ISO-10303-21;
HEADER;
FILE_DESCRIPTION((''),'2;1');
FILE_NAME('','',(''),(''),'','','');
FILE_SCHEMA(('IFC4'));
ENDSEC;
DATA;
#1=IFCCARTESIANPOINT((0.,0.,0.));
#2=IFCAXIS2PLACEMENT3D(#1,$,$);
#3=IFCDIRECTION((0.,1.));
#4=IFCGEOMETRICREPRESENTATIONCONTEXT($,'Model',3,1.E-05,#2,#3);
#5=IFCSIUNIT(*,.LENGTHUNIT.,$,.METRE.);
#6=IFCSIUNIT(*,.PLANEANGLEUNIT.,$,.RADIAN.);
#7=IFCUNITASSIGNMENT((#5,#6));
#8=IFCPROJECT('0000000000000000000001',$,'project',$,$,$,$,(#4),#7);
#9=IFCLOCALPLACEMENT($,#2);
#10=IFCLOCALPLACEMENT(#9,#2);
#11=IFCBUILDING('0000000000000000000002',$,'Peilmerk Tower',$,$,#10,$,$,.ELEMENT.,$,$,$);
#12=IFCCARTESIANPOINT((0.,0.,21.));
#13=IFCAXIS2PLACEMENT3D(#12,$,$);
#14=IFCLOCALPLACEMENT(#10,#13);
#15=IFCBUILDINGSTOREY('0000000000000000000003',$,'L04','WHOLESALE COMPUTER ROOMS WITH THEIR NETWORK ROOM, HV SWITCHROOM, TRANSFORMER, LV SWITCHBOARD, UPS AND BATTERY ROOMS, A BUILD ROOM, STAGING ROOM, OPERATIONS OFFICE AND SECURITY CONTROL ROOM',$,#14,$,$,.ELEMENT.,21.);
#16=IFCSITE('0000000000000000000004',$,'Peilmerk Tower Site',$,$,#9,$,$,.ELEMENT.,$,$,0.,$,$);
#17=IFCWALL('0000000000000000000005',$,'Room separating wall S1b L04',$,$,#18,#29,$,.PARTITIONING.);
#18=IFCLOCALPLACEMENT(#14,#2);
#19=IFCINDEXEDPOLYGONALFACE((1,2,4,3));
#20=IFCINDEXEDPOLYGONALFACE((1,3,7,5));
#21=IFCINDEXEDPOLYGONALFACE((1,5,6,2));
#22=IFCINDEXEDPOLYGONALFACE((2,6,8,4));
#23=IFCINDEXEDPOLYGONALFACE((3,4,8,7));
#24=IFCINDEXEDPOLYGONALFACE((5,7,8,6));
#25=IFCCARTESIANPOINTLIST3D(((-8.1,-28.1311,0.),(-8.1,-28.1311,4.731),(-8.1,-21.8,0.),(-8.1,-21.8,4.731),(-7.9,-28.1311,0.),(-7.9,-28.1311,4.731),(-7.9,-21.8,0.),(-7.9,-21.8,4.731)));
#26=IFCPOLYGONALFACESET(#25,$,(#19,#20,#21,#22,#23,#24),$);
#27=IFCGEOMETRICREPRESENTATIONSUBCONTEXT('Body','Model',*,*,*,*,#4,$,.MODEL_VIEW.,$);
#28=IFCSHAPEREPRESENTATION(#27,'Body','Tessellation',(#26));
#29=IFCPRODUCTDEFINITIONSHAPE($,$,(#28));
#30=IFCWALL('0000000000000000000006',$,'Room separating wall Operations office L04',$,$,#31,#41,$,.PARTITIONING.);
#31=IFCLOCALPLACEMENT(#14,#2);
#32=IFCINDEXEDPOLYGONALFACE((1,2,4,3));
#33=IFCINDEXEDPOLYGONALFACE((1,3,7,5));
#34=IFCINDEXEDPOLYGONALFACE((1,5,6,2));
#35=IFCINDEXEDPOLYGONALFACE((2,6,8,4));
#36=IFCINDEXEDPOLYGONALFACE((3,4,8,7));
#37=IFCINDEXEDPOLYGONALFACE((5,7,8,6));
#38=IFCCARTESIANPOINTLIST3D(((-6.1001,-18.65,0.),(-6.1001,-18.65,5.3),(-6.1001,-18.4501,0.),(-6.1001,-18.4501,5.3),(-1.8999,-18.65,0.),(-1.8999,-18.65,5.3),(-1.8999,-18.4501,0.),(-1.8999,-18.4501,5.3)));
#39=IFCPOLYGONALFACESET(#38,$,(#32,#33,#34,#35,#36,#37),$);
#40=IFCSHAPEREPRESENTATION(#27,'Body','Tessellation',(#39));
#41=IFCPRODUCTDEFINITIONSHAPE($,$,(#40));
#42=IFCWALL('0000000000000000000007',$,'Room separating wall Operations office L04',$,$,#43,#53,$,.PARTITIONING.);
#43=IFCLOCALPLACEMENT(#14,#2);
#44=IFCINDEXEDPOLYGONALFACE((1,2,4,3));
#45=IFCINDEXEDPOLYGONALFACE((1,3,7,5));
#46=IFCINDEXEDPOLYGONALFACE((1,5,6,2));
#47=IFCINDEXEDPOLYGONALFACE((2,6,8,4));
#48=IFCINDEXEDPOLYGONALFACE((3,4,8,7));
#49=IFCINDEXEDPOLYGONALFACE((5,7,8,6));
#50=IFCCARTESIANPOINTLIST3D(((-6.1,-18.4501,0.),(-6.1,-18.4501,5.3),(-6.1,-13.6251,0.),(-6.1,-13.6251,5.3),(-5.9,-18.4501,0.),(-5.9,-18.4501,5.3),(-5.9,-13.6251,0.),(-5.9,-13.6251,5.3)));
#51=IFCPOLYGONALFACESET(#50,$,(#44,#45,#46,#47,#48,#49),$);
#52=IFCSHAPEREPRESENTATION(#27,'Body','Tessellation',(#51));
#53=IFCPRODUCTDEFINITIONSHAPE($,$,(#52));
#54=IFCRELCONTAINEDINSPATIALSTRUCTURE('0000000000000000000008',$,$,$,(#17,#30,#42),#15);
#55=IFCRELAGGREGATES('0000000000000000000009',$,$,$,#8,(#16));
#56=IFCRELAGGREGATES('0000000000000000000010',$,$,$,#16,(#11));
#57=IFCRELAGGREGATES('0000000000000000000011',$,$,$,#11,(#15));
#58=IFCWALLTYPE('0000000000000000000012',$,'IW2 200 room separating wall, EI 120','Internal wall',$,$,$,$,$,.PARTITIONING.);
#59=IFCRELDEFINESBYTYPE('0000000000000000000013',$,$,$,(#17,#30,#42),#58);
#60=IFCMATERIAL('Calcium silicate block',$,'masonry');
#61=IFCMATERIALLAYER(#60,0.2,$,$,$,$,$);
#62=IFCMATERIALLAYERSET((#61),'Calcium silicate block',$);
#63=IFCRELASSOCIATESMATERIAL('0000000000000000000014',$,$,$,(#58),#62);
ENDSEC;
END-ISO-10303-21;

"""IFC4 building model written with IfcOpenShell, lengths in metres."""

from ifc_helpers import new_model, si_unit, direction, frame, frame_2d, origin, place, context, subcontext, project, spatial, rectangle, extrude, material, layer, layer_set, type_object, element, save


model = new_model("IFC4")

# Units and contexts
model_context = context("Model", 3, precision=1e-05, world=origin(), true_north=direction((0.0, 1.0)))
body_context = subcontext(model_context, "Body", "Model", "MODEL_VIEW")
ifc_project = project(units=[si_unit("LENGTHUNIT", "METRE"), si_unit("PLANEANGLEUNIT", "RADIAN")], contexts=[model_context])

# Site, building, storey
site_placement = place(None, origin())
site = spatial("IfcSite", under=ifc_project, at=site_placement, Name="Peilmerk Tower Site", CompositionType="ELEMENT", RefElevation=0.0)
building_placement = place(site_placement, origin())
building = spatial("IfcBuilding", under=site, at=building_placement, Name="Peilmerk Tower", CompositionType="ELEMENT")
storey_placement = place(building_placement, frame((0.0, 0.0, 21.0)))
storey = spatial("IfcBuildingStorey", under=building, at=storey_placement, Name="L04", Description="WHOLESALE COMPUTER ROOMS WITH THEIR NETWORK ROOM, HV SWITCHROOM, TRANSFORMER, LV SWITCHBOARD, UPS AND BATTERY ROOMS, A BUILD ROOM, STAGING ROOM, OPERATIONS OFFICE AND SECURITY CONTROL ROOM", CompositionType="ELEMENT", Elevation=21.0)

# Walls
ifc_material_1 = material(Name="Calcium silicate block", Category="masonry")
ifc_layer = layer(ifc_material_1, 0.2)
ifc_layer_set = layer_set([ifc_layer], Name="Calcium silicate block")
wall_type = type_object("IfcWallType", Name="IW2 200 room separating wall, EI 120", Description="Internal wall", PredefinedType="PARTITIONING", material=ifc_layer_set)
wall_1_placement = place(storey_placement, frame((-8.0, -21.8, 0.0), z_axis=(0.0, 0.0, 1.0), x_axis=(0.0, -1.0, 0.0)))
element("IfcWall", 1, at=wall_1_placement, inside=storey, type_object=wall_type, Name="Room separating wall S1b L04", PredefinedType="PARTITIONING", context=body_context, shape_type="SweptSolid", body=[
    extrude(rectangle(XDim=6.3311, YDim=0.2, at=frame_2d((3.1655, 0.0))), origin(), (0.0, 0.0, 1.0), 4.731),
])
wall_2_placement = place(storey_placement, frame((-6.1001, -18.55, 0.0), z_axis=(0.0, 0.0, 1.0), x_axis=(1.0, 0.0, 0.0)))
element("IfcWall", 2, at=wall_2_placement, inside=storey, type_object=wall_type, Name="Room separating wall Operations office L04", PredefinedType="PARTITIONING", context=body_context, shape_type="SweptSolid", body=[
    extrude(rectangle(XDim=4.2002, YDim=0.2, at=frame_2d((2.1001, 0.0))), origin(), (0.0, 0.0, 1.0), 5.3),
])
wall_3_placement = place(storey_placement, frame((-6.0, -13.625, 0.0), z_axis=(0.0, 0.0, 1.0), x_axis=(0.0, -1.0, 0.0)))
element("IfcWall", 3, at=wall_3_placement, inside=storey, type_object=wall_type, Name="Room separating wall Operations office L04", PredefinedType="PARTITIONING", context=body_context, shape_type="SweptSolid", body=[
    extrude(rectangle(XDim=4.825, YDim=0.2, at=frame_2d((2.4126, 0.0))), origin(), (0.0, 0.0, 1.0), 5.3),
])

save(model, "model.ifc")
